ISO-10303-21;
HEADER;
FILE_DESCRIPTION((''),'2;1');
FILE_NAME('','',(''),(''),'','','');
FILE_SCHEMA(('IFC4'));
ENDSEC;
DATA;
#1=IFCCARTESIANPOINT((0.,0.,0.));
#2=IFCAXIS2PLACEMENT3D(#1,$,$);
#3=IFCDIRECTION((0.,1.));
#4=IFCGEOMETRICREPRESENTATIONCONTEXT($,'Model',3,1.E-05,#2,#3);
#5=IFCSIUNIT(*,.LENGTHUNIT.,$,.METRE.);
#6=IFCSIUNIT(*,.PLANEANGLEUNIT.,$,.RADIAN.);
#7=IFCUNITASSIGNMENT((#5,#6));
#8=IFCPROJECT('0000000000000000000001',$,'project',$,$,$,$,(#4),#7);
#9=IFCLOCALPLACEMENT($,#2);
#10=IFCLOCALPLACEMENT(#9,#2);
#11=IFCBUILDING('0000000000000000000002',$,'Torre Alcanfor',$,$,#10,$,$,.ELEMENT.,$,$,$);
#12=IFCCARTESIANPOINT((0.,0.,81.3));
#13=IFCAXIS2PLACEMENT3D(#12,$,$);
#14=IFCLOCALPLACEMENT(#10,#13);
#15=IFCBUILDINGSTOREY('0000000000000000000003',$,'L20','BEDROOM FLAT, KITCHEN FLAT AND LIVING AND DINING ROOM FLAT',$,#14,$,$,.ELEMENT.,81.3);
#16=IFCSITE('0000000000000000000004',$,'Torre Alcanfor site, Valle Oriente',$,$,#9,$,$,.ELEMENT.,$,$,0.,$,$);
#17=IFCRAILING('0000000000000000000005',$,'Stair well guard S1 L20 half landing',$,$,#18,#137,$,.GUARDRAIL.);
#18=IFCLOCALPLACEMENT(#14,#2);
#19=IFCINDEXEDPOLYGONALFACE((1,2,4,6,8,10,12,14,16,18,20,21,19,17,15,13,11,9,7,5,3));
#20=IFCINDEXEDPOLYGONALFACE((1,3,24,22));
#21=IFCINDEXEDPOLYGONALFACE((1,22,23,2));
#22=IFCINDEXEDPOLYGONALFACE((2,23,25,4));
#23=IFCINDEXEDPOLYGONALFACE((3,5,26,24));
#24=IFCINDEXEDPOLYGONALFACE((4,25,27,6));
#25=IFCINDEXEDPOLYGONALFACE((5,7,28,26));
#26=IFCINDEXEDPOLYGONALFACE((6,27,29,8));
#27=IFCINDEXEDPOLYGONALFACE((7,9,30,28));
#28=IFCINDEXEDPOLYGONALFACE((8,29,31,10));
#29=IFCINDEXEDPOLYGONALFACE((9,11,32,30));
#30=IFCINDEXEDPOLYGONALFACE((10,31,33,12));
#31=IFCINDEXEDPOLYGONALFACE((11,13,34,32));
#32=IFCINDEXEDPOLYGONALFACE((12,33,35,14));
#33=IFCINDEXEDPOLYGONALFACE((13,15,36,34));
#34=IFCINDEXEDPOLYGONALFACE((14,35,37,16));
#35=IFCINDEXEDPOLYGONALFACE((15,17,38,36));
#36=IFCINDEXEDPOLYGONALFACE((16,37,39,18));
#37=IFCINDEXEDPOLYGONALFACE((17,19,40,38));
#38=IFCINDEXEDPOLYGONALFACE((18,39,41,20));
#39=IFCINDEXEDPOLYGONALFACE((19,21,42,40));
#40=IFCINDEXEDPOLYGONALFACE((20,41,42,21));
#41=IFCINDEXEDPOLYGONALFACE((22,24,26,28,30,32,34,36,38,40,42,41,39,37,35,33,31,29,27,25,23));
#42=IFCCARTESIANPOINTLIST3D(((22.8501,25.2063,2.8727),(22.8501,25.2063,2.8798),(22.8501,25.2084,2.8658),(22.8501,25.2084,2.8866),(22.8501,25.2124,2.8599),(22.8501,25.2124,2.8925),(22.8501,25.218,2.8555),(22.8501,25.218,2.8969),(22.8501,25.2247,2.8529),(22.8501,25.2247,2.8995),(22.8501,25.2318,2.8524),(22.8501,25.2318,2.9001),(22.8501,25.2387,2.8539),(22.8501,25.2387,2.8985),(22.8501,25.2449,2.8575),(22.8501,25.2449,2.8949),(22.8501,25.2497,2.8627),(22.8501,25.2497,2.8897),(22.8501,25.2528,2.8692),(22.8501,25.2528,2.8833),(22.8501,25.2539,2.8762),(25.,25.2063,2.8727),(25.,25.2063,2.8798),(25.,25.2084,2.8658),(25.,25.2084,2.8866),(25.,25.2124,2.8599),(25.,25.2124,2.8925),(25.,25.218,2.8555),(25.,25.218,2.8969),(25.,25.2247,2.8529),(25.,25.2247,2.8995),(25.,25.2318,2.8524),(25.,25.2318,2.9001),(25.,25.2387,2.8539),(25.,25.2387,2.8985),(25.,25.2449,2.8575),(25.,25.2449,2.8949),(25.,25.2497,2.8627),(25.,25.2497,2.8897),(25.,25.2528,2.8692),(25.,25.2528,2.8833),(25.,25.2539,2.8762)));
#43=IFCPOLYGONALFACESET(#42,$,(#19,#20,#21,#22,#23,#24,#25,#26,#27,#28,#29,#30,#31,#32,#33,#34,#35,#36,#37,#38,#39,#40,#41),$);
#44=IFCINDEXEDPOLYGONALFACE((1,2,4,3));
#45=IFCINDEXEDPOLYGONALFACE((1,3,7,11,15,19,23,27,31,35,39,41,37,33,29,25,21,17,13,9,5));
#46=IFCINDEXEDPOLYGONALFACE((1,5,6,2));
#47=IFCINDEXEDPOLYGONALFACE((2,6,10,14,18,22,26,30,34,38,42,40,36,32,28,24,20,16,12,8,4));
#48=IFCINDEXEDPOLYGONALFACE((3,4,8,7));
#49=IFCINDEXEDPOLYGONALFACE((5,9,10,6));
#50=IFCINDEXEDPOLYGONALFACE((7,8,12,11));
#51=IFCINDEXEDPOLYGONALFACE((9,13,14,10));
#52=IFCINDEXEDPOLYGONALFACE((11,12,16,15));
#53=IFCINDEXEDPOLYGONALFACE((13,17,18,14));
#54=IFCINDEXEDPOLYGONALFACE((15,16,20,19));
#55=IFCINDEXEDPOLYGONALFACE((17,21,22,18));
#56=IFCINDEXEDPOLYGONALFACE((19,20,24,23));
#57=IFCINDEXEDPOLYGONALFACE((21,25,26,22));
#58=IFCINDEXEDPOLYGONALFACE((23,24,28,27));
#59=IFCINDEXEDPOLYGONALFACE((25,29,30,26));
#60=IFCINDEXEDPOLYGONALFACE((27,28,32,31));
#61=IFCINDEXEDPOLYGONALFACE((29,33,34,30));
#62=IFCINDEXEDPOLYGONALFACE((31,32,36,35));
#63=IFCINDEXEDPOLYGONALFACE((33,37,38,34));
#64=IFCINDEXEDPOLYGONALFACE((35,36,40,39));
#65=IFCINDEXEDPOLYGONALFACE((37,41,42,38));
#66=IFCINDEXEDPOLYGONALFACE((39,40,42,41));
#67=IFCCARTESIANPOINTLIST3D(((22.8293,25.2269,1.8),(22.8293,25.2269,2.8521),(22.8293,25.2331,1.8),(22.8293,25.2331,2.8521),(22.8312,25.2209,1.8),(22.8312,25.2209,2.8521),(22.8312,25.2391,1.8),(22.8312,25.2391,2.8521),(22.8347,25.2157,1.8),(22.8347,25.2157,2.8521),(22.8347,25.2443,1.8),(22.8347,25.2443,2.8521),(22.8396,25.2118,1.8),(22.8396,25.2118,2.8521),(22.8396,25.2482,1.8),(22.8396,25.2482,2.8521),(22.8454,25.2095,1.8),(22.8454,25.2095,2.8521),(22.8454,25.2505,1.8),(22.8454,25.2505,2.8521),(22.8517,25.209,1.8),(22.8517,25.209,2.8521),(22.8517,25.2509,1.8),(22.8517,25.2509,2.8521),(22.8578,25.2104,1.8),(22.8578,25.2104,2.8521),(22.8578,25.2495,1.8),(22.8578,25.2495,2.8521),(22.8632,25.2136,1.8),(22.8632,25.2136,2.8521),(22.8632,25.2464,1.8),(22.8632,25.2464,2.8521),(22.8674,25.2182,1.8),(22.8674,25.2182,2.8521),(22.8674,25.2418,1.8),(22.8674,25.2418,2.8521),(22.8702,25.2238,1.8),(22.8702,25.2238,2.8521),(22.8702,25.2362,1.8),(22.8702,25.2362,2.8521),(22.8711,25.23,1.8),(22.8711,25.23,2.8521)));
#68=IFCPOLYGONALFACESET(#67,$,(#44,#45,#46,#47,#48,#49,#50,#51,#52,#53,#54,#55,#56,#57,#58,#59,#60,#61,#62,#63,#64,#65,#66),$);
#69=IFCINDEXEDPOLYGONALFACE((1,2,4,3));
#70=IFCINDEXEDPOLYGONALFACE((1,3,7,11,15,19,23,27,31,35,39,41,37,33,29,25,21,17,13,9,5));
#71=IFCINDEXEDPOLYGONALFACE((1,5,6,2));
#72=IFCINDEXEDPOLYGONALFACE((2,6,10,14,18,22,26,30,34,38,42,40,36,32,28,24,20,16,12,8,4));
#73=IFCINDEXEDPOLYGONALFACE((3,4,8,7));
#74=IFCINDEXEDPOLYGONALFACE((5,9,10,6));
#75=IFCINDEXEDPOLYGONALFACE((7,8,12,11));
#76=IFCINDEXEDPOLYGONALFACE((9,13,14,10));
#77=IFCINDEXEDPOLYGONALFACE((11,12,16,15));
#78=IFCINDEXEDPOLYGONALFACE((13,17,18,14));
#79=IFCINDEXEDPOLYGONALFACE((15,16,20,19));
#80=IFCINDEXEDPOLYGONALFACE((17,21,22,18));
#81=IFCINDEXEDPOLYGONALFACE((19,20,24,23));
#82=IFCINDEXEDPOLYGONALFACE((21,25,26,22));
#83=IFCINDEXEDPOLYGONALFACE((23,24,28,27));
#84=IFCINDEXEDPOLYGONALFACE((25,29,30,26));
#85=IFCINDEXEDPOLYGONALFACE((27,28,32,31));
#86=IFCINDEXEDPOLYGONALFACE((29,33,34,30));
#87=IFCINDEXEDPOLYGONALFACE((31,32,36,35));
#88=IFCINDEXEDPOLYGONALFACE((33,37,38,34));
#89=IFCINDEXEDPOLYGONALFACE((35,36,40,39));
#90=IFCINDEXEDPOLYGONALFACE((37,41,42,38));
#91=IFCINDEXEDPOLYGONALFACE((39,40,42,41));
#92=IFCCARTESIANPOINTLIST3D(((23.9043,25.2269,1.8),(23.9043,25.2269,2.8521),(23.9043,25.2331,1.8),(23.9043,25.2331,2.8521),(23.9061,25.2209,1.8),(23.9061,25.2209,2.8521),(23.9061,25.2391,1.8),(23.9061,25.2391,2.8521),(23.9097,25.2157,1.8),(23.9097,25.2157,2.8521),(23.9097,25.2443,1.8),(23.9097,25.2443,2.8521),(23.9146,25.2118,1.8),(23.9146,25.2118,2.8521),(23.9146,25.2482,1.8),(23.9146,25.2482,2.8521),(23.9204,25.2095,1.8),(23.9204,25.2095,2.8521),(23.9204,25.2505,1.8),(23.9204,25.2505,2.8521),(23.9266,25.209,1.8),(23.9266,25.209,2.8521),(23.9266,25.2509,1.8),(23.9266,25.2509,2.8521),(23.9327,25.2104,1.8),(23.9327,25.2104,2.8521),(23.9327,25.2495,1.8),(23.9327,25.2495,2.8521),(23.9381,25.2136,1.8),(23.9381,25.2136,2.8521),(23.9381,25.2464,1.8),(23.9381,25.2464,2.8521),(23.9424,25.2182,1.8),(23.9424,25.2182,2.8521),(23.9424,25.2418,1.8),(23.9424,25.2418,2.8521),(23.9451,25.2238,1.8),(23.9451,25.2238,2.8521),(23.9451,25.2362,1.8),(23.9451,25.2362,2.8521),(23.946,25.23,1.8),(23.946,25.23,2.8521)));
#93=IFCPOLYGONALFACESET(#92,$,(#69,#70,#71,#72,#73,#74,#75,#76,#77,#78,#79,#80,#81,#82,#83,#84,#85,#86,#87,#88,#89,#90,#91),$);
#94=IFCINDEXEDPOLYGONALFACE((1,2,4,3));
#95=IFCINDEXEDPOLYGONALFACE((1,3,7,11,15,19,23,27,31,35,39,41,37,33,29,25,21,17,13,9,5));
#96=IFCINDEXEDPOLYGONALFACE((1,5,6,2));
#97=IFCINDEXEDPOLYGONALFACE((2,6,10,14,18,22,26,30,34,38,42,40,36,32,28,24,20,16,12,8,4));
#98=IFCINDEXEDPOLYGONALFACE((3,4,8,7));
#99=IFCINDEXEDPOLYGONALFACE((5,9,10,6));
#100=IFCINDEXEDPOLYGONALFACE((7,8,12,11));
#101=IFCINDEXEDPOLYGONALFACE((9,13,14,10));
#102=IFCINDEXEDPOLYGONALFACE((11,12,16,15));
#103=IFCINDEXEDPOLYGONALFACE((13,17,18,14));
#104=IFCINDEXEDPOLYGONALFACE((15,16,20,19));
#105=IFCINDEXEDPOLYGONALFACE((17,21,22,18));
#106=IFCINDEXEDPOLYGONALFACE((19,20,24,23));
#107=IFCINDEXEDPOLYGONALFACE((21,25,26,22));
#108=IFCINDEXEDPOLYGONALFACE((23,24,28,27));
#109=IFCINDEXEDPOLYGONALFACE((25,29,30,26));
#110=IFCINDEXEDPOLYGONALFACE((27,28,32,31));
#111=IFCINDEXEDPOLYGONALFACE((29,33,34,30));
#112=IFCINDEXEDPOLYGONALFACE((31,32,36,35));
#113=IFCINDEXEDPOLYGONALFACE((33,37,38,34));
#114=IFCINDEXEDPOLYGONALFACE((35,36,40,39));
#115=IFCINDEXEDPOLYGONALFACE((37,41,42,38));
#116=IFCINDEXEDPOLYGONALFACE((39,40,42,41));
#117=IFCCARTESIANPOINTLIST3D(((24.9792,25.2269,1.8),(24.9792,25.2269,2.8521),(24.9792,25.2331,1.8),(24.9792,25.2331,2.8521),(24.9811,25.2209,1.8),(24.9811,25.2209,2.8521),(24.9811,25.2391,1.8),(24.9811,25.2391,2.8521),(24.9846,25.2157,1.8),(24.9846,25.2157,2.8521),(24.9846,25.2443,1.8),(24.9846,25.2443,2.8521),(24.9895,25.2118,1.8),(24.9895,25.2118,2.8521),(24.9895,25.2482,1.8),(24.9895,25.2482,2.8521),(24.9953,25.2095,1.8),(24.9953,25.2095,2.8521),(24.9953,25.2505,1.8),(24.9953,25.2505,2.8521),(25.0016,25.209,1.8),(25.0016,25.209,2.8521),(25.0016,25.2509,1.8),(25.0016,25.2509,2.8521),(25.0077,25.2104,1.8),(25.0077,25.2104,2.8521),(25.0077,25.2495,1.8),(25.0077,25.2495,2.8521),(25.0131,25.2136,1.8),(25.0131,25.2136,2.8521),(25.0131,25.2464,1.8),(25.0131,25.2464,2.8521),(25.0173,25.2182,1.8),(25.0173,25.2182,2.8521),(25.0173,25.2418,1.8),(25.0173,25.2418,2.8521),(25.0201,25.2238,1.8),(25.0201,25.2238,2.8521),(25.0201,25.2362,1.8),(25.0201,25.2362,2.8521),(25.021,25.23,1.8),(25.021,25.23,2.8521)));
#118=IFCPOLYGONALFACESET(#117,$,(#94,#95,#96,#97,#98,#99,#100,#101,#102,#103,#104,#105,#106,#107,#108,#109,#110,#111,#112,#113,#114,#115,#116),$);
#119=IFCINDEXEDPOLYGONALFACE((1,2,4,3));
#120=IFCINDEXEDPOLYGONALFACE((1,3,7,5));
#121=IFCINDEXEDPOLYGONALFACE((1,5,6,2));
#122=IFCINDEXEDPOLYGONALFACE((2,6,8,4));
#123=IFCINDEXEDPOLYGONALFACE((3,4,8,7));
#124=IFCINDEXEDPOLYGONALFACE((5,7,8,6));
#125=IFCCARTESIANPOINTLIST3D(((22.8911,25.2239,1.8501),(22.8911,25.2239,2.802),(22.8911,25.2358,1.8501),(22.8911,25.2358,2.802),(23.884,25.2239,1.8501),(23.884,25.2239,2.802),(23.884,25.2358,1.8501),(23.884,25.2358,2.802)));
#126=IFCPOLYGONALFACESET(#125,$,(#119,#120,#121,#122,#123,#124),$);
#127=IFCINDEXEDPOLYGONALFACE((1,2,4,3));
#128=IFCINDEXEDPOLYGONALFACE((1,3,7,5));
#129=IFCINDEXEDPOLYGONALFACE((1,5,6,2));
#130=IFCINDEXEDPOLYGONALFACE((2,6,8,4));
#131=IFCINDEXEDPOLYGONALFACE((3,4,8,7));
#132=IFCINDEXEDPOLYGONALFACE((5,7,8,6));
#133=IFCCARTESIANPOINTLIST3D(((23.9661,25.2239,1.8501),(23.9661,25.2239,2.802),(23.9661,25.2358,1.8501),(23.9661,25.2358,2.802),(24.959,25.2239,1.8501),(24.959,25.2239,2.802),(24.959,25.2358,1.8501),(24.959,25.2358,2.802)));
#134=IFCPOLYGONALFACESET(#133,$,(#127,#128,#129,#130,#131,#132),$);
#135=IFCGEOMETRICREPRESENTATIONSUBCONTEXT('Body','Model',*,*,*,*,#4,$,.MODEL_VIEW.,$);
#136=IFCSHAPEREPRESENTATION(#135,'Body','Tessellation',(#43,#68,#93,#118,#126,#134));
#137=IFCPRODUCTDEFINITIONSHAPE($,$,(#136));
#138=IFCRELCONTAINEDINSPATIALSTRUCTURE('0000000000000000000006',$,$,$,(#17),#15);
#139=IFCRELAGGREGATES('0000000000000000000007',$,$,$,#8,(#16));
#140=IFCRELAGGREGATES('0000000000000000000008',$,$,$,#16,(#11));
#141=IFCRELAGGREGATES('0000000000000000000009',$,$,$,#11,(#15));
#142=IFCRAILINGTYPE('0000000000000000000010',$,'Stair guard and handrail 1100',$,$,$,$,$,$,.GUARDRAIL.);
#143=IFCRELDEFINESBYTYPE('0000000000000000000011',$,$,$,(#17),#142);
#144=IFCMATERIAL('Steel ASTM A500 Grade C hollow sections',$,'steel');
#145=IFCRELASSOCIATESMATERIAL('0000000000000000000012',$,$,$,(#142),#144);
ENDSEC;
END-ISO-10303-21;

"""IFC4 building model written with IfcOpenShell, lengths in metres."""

from ifc_helpers import new_model, si_unit, direction, frame, origin, origin_2d, place, context, subcontext, project, spatial, polyline, circle, outline, extrude, material, type_object, element, save


model = new_model("IFC4")

# Units and contexts
model_context = context("Model", 3, precision=1e-05, world=origin(), true_north=direction((0.0, 1.0)))
body_context = subcontext(model_context, "Body", "Model", "MODEL_VIEW")
ifc_project = project(units=[si_unit("LENGTHUNIT", "METRE"), si_unit("PLANEANGLEUNIT", "RADIAN")], contexts=[model_context])

# Site, building, storey
site_placement = place(None, origin())
site = spatial("IfcSite", under=ifc_project, at=site_placement, Name="Torre Alcanfor site, Valle Oriente", CompositionType="ELEMENT", RefElevation=0.0)
building_placement = place(site_placement, origin())
building = spatial("IfcBuilding", under=site, at=building_placement, Name="Torre Alcanfor", CompositionType="ELEMENT")
storey_placement = place(building_placement, frame((0.0, 0.0, 81.3)))
storey = spatial("IfcBuildingStorey", under=building, at=storey_placement, Name="L20", Description="BEDROOM FLAT, KITCHEN FLAT AND LIVING AND DINING ROOM FLAT", CompositionType="ELEMENT", Elevation=81.3)

# Railing
ifc_material_1 = material(Name="Steel ASTM A500 Grade C hollow sections", Category="steel")
railing_type_1 = type_object("IfcRailingType", Name="Stair guard and handrail 1100", PredefinedType="GUARDRAIL", material=ifc_material_1)
railing_1_placement = place(storey_placement, frame((22.8501, 25.23, 1.8)))
element("IfcRailing", 1, at=railing_1_placement, inside=storey, type_object=railing_type_1, Name="Stair well guard S1 L20 half landing", PredefinedType="GUARDRAIL", context=body_context, shape_type="SweptSolid", body=[
    extrude(circle(Radius=0.0239, at=origin_2d()), frame((0.0, 0.0, 1.0762), z_axis=(1.0, 0.0, 0.0), x_axis=(0.0, 1.0, 0.0)), (0.0, 0.0, 1.0), 2.1499),
    extrude(circle(Radius=0.021, at=origin_2d()), origin(), (0.0, 0.0, 1.0), 1.052),
    extrude(circle(Radius=0.021, at=origin_2d()), frame((1.075, 0.0, 0.0)), (0.0, 0.0, 1.0), 1.052),
    extrude(circle(Radius=0.021, at=origin_2d()), frame((2.1499, 0.0, 0.0)), (0.0, 0.0, 1.0), 1.052),
    extrude(outline(polyline([(0.041, 0.05), (1.0339, 0.05), (1.0339, 1.002), (0.041, 1.002), (0.041, 0.05)])), frame((0.0, 0.0059, 0.0), z_axis=(0.0, -1.0, 0.0), x_axis=(1.0, 0.0, 0.0)), (0.0, 0.0, 1.0), 0.012),
    extrude(outline(polyline([(1.116, 0.05), (2.1089, 0.05), (2.1089, 1.002), (1.116, 1.002), (1.116, 0.05)])), frame((0.0, 0.0059, 0.0), z_axis=(0.0, -1.0, 0.0), x_axis=(1.0, 0.0, 0.0)), (0.0, 0.0, 1.0), 0.012),
])

save(model, "model.ifc")
